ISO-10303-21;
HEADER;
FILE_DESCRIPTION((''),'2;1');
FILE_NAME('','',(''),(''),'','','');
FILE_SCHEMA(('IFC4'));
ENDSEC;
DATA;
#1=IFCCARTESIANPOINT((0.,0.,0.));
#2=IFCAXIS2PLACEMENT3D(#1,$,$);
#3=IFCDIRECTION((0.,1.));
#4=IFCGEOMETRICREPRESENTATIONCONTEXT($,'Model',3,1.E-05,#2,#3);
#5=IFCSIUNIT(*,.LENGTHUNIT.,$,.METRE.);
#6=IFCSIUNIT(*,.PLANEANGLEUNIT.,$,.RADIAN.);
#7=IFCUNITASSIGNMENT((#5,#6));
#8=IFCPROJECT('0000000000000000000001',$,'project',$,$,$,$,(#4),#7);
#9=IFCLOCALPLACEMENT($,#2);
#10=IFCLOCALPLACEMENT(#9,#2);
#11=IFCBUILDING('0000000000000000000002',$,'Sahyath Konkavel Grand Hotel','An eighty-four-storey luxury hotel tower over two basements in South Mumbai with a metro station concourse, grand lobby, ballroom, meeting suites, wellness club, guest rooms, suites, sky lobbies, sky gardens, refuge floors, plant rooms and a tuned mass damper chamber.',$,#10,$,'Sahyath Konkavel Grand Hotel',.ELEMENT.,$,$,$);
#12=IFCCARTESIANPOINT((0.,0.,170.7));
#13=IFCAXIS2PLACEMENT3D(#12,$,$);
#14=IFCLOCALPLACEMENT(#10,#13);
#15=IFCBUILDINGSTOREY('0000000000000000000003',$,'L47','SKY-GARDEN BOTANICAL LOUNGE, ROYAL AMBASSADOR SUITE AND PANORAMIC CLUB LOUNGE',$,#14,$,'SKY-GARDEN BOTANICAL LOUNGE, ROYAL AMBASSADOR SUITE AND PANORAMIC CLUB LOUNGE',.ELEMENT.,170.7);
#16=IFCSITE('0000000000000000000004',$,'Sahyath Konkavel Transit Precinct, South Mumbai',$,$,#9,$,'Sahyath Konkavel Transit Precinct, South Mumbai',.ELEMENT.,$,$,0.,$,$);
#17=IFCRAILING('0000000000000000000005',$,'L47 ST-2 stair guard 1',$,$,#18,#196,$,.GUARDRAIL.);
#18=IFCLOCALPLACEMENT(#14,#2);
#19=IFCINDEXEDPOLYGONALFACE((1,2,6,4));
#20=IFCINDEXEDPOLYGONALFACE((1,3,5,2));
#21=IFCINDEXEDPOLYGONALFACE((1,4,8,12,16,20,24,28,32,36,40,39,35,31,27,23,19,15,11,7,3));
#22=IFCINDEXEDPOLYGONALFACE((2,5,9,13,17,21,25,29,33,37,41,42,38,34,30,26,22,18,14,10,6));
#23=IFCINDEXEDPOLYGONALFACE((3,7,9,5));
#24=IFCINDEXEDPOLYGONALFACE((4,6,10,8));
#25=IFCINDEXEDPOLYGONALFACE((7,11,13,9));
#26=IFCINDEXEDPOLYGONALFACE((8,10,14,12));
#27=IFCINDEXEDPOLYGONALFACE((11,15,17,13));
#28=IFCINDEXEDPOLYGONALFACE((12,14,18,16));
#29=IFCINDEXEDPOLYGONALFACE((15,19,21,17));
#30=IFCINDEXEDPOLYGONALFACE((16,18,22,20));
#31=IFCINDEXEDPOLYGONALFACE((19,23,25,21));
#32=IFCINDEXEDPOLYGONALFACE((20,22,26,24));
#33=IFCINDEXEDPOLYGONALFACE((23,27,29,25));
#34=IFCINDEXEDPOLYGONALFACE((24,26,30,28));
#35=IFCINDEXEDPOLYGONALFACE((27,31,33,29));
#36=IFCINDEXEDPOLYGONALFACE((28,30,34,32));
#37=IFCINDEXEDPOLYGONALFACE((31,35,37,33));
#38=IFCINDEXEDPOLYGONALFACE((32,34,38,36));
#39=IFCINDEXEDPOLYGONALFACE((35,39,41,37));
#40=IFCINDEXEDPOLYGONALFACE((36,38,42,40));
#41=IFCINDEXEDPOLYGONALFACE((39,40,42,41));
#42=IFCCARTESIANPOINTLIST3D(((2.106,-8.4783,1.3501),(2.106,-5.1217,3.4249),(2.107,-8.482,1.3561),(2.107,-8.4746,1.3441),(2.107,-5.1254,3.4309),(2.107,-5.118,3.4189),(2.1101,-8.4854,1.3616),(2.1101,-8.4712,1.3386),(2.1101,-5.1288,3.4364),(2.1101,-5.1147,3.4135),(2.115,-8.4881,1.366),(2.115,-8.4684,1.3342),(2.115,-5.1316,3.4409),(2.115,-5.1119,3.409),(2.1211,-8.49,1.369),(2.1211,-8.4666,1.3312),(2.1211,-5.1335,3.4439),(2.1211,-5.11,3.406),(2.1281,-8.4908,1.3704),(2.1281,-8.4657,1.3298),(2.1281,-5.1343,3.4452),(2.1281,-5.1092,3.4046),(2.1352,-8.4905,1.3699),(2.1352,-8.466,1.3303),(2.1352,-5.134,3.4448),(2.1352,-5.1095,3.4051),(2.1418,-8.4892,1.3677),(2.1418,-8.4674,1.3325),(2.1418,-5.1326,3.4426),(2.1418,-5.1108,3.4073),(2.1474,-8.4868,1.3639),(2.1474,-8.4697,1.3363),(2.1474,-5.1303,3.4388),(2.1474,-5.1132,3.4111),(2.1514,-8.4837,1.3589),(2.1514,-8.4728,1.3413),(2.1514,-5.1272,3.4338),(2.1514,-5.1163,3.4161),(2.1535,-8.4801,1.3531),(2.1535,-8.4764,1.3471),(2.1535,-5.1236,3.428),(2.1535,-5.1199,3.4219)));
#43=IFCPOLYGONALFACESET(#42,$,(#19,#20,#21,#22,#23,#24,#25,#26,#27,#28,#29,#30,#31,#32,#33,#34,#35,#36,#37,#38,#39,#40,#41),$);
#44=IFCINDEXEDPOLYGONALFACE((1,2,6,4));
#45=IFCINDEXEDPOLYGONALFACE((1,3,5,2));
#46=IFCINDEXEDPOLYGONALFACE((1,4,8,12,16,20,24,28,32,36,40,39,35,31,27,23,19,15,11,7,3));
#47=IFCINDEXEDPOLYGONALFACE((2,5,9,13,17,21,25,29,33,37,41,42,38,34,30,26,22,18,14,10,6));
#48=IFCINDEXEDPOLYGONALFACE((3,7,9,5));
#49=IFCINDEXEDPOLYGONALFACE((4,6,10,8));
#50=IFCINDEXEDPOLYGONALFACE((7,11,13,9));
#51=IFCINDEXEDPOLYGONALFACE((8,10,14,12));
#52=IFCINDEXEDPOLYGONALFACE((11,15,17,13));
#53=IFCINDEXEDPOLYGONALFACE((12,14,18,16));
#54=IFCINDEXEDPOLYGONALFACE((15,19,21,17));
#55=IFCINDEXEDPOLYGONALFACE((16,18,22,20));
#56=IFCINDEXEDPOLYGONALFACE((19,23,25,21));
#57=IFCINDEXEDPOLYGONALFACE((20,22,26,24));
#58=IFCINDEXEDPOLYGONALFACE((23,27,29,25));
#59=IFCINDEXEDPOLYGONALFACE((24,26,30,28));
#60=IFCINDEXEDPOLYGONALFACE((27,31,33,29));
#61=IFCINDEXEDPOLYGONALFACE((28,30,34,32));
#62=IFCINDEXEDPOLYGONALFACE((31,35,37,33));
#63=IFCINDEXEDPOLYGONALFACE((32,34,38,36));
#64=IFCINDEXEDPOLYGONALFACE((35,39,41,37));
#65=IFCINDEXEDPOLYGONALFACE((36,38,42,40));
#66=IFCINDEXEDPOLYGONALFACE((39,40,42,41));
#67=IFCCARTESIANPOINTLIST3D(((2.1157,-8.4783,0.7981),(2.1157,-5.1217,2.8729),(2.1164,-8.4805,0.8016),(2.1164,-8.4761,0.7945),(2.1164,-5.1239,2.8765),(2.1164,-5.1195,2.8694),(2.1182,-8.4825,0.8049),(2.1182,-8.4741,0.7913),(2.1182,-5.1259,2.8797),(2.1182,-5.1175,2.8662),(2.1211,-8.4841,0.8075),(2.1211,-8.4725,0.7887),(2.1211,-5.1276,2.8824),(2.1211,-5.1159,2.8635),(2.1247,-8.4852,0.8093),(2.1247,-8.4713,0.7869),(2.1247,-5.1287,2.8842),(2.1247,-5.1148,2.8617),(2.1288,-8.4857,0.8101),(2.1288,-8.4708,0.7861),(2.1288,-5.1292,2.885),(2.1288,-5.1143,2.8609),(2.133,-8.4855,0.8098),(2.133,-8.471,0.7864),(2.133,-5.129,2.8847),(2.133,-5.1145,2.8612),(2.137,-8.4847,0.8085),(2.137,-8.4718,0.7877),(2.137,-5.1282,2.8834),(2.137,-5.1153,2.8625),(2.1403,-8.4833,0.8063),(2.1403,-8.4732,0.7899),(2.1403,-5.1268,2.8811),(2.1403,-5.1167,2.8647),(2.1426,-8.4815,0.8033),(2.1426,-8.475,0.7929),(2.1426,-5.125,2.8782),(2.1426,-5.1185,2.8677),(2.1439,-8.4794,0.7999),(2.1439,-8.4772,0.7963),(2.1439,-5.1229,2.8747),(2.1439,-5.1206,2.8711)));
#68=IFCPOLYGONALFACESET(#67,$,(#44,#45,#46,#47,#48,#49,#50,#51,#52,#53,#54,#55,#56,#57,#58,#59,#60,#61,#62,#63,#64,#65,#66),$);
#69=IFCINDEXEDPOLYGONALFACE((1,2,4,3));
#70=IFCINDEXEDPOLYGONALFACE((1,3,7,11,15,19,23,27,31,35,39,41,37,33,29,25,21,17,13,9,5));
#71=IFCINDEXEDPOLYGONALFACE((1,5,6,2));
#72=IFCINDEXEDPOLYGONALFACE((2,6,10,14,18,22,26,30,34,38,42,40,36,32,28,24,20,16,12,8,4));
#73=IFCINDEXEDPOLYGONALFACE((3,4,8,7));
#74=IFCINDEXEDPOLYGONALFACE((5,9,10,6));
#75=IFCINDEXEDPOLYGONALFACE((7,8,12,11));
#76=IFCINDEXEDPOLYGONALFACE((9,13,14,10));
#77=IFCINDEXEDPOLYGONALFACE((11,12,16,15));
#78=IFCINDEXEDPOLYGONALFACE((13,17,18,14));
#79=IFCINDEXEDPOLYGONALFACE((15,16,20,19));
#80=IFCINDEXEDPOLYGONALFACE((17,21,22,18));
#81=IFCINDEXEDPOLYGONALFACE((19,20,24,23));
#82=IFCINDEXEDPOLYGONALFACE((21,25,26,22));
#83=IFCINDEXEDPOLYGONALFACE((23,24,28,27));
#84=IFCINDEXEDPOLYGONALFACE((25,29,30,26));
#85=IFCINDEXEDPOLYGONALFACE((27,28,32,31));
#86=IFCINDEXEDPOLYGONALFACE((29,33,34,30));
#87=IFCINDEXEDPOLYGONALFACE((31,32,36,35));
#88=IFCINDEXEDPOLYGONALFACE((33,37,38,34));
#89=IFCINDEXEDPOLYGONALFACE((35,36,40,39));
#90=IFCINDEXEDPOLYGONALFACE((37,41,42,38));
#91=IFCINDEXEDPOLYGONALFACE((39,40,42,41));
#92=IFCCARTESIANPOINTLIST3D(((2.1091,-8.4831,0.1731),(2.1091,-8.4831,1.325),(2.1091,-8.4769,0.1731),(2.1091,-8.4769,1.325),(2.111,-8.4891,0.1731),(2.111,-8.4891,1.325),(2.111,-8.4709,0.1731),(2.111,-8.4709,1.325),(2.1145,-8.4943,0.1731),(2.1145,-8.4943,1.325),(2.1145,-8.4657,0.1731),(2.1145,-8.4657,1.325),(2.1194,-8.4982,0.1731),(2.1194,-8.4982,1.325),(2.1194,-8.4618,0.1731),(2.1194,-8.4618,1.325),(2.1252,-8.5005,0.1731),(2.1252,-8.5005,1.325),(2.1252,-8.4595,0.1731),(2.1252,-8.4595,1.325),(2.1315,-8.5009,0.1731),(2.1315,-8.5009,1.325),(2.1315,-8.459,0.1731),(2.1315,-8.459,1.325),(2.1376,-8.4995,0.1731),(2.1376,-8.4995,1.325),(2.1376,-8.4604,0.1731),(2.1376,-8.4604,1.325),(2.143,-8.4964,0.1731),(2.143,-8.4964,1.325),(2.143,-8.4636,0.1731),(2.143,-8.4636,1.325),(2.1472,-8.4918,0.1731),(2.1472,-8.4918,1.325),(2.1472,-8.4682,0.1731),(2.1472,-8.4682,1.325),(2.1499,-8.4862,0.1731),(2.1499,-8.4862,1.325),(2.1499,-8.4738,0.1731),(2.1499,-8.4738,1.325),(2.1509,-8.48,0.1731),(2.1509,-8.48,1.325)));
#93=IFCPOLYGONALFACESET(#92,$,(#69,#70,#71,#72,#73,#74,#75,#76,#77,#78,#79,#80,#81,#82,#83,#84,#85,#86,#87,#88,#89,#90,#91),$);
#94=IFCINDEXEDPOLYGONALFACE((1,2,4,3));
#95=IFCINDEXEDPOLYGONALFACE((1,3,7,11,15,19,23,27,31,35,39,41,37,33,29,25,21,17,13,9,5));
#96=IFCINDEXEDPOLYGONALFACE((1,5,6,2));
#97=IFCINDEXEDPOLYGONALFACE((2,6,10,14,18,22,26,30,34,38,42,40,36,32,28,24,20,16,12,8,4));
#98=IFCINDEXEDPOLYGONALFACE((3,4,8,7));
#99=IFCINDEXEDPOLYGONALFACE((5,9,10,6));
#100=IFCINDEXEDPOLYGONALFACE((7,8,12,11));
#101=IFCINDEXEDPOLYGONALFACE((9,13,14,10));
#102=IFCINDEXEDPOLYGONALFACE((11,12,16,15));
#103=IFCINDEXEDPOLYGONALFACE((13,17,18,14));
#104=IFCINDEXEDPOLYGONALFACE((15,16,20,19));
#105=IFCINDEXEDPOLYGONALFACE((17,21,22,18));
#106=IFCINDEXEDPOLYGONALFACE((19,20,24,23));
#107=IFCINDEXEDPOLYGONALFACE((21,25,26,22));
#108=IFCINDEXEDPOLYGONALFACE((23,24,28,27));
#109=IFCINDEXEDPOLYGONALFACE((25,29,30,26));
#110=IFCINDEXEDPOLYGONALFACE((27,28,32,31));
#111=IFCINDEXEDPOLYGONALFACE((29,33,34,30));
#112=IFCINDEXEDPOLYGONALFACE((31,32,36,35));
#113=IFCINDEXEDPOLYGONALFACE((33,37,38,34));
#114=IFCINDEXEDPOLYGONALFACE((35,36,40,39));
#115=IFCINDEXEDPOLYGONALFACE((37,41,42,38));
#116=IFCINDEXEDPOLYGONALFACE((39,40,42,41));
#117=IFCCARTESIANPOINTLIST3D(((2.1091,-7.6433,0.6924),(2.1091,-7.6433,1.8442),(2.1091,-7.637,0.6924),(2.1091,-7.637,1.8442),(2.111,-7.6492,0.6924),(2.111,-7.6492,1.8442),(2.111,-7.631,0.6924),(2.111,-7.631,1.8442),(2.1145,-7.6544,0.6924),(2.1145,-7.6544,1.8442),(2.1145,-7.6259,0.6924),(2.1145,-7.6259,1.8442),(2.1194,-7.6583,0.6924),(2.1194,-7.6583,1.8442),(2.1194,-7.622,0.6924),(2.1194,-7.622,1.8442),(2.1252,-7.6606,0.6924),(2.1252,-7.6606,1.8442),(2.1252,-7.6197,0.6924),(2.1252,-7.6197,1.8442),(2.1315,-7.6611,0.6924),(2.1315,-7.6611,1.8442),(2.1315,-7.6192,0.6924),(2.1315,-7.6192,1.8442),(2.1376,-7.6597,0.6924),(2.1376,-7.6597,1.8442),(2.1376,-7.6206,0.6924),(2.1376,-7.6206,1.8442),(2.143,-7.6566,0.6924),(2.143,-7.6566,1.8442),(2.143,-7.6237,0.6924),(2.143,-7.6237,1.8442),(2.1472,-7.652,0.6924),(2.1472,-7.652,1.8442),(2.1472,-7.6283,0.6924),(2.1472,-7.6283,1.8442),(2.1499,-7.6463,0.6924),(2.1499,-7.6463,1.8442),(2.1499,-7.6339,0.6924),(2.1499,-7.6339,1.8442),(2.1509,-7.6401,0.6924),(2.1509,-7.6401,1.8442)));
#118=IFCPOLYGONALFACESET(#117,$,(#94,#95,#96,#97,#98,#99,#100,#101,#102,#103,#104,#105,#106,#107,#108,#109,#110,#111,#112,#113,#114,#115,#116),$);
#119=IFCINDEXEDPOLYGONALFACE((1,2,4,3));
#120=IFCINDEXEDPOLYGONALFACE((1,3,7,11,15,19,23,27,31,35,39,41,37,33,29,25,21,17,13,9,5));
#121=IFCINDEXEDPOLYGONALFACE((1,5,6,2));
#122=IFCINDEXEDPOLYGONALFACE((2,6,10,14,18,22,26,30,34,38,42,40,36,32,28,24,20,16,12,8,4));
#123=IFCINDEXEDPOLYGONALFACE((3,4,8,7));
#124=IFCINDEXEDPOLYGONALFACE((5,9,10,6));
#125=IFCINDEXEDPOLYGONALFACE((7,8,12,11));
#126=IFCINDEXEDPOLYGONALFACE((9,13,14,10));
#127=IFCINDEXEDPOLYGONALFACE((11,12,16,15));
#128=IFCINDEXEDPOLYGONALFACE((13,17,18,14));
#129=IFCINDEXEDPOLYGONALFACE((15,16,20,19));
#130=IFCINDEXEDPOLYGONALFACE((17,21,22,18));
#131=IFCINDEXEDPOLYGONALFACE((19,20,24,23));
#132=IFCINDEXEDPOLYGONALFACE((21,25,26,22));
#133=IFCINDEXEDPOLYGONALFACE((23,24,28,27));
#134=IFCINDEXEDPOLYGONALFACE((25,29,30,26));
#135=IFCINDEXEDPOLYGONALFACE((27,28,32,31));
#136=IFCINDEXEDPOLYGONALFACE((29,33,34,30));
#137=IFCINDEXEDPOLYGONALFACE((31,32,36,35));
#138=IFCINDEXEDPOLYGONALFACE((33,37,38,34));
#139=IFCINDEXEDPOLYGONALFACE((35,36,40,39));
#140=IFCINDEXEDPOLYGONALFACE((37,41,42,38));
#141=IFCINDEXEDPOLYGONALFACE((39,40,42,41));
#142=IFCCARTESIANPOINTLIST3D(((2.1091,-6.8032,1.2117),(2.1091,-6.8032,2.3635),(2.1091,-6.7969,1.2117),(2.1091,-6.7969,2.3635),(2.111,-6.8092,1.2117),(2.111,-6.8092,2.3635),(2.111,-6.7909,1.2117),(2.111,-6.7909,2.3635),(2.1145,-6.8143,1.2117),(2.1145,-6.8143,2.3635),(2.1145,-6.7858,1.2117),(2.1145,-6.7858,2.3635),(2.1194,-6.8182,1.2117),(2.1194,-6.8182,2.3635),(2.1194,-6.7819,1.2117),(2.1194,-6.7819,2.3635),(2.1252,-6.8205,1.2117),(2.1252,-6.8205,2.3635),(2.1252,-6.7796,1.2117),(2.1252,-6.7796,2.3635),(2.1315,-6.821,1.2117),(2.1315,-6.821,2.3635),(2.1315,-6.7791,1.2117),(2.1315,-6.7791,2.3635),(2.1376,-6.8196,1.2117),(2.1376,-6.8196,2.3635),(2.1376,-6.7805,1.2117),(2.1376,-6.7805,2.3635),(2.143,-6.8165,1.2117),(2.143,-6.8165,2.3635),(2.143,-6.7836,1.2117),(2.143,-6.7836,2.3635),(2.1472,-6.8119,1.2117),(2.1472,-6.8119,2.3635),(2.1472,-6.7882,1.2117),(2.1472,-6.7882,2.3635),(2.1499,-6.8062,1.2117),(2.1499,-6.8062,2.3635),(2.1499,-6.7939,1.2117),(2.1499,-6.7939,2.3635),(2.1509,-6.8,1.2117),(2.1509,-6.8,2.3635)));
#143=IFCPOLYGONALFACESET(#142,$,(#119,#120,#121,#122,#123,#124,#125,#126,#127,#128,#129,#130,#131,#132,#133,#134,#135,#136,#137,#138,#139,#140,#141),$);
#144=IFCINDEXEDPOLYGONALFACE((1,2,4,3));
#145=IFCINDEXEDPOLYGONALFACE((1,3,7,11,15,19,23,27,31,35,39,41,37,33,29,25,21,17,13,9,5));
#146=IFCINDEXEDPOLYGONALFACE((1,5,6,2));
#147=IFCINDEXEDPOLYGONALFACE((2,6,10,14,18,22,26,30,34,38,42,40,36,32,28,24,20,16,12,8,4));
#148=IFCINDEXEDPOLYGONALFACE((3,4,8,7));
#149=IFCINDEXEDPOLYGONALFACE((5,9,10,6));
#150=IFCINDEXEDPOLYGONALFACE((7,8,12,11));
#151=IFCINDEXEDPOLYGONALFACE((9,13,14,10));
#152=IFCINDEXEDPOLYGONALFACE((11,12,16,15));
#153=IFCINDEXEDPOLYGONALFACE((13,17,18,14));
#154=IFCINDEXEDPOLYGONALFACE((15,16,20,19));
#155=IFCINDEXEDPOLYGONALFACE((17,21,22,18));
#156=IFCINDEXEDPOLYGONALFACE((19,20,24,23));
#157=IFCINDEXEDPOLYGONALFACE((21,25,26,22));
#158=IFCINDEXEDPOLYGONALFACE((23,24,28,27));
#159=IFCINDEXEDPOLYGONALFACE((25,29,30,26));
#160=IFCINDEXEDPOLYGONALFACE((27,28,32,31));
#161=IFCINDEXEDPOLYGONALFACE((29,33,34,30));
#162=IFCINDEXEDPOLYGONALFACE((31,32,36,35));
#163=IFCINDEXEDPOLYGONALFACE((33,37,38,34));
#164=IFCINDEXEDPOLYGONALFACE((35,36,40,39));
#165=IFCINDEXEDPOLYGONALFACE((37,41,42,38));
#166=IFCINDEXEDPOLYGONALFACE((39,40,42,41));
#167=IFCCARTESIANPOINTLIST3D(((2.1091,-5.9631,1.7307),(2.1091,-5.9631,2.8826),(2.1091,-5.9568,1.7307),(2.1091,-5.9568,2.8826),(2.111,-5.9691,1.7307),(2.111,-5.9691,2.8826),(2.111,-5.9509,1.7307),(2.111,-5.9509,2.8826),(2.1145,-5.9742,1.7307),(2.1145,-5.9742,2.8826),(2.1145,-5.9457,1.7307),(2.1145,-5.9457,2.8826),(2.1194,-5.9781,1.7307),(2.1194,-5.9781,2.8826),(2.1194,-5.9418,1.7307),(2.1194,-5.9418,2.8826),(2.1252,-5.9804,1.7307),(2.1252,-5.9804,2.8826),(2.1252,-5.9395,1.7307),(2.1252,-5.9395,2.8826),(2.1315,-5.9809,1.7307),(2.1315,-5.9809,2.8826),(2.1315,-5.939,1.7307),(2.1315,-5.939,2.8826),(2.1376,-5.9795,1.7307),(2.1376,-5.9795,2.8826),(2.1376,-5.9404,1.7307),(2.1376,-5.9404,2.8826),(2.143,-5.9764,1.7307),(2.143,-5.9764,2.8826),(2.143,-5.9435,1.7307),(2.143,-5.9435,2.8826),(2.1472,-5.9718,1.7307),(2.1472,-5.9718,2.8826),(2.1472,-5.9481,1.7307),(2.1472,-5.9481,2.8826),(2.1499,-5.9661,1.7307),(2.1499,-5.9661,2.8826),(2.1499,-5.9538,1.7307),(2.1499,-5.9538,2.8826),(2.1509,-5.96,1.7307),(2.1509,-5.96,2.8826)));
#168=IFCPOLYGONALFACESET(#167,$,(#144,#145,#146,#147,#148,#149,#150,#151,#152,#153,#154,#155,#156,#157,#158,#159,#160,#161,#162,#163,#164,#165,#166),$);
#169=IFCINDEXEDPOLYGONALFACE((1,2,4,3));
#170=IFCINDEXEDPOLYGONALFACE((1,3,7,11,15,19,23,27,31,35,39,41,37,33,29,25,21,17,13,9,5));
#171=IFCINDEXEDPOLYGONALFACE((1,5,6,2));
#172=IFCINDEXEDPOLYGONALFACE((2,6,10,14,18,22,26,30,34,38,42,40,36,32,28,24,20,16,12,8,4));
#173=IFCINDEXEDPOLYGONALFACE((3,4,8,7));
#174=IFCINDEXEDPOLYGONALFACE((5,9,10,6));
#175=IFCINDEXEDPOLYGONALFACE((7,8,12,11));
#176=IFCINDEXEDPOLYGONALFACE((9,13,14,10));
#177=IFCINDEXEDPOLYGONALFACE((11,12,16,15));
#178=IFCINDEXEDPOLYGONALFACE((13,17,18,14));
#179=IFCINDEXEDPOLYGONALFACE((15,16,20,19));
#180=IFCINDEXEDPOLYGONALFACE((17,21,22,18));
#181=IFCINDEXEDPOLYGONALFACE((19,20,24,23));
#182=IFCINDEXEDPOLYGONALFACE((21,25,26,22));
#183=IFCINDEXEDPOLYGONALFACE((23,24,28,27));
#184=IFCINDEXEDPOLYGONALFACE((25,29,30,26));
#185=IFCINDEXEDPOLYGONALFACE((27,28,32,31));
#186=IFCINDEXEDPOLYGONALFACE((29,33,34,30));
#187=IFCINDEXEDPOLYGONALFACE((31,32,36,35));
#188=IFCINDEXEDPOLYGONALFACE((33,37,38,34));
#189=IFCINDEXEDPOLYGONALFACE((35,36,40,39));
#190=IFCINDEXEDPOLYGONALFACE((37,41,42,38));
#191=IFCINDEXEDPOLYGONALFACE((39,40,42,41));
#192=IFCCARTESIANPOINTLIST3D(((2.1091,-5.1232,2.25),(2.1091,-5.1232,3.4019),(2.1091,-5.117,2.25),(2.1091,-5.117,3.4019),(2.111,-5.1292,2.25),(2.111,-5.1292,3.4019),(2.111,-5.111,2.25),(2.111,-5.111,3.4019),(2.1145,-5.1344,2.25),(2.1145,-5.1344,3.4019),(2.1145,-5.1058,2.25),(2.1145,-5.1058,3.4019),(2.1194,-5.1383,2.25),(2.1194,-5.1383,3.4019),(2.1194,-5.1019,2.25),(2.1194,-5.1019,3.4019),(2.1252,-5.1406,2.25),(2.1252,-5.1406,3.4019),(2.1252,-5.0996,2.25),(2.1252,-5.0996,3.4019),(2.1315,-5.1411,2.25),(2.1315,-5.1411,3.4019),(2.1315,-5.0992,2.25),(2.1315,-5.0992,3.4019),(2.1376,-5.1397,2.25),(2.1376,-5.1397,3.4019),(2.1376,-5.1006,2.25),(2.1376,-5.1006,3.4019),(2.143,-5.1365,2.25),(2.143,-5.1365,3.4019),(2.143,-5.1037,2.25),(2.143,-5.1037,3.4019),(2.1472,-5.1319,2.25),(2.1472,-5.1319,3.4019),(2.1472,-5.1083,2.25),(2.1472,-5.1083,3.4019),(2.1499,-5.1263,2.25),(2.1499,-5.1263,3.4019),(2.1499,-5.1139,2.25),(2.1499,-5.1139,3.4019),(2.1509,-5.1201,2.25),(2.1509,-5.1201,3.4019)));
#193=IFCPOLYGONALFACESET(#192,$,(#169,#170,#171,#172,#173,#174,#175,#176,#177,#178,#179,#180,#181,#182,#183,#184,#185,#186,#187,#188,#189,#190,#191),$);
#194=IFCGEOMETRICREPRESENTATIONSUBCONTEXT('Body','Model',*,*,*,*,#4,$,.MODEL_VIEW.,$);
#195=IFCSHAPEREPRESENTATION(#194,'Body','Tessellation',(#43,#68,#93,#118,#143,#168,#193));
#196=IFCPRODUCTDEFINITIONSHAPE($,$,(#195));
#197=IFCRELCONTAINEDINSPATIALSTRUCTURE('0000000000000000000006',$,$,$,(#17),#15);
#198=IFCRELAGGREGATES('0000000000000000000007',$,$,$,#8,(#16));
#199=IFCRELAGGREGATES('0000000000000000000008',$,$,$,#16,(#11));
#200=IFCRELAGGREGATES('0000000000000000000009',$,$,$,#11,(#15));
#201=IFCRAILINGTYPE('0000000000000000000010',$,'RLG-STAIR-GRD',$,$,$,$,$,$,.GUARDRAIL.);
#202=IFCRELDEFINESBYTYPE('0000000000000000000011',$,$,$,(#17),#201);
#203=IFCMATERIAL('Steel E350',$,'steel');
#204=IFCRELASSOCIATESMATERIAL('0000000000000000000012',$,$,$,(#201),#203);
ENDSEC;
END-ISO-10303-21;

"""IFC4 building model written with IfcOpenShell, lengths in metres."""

from ifc_helpers import new_model, si_unit, direction, frame, origin, origin_2d, place, context, subcontext, project, spatial, circle, extrude, material, type_object, element, save


model = new_model("IFC4")

# Units and contexts
model_context = context("Model", 3, precision=1e-05, world=origin(), true_north=direction((0.0, 1.0)))
body_context = subcontext(model_context, "Body", "Model", "MODEL_VIEW")
ifc_project = project(units=[si_unit("LENGTHUNIT", "METRE"), si_unit("PLANEANGLEUNIT", "RADIAN")], contexts=[model_context])

# Site, building, storey
site_placement = place(None, origin())
site = spatial("IfcSite", under=ifc_project, at=site_placement, Name="Sahyath Konkavel Transit Precinct, South Mumbai", LongName="Sahyath Konkavel Transit Precinct, South Mumbai", CompositionType="ELEMENT", RefElevation=0.0)
building_placement = place(site_placement, origin())
building = spatial("IfcBuilding", under=site, at=building_placement, Name="Sahyath Konkavel Grand Hotel", Description="An eighty-four-storey luxury hotel tower over two basements in South Mumbai with a metro station concourse, grand lobby, ballroom, meeting suites, wellness club, guest rooms, suites, sky lobbies, sky gardens, refuge floors, plant rooms and a tuned mass damper chamber.", LongName="Sahyath Konkavel Grand Hotel", CompositionType="ELEMENT")
storey_placement = place(building_placement, frame((0.0, 0.0, 170.7)))
storey = spatial("IfcBuildingStorey", under=building, at=storey_placement, Name="L47", Description="SKY-GARDEN BOTANICAL LOUNGE, ROYAL AMBASSADOR SUITE AND PANORAMIC CLUB LOUNGE", LongName="SKY-GARDEN BOTANICAL LOUNGE, ROYAL AMBASSADOR SUITE AND PANORAMIC CLUB LOUNGE", CompositionType="ELEMENT", Elevation=170.7)

# Shared definitions
ifc_material_1 = material(Name="Steel E350", Category="steel")

# Railing
railing_type_1 = type_object("IfcRailingType", Name="RLG-STAIR-GRD", PredefinedType="GUARDRAIL", material=ifc_material_1)
railing_1_placement = place(storey_placement, frame((2.1299, -8.48, 0.1731)))
element("IfcRailing", 1, at=railing_1_placement, inside=storey, type_object=railing_type_1, Name="L47 ST-2 stair guard 1", PredefinedType="GUARDRAIL", context=body_context, shape_type="SweptSolid", body=[
    extrude(circle(Radius=0.0239, at=origin_2d()), frame((0.0, 0.0017, 1.177), z_axis=(0.0, 0.850606, 0.525803), x_axis=(-1.0, 0.0, 0.0)), (0.0, 0.0, 1.0), 3.946),
    extrude(circle(Radius=0.0142, at=origin_2d()), frame((0.0, 0.0017, 0.625), z_axis=(0.0, 0.850606, 0.525803), x_axis=(-1.0, 0.0, 0.0)), (0.0, 0.0, 1.0), 3.946),
    extrude(circle(Radius=0.021, at=origin_2d()), origin(), (0.0, 0.0, 1.0), 1.1519),
    extrude(circle(Radius=0.021, at=origin_2d()), frame((0.0, 0.8398, 0.5193)), (0.0, 0.0, 1.0), 1.1519),
    extrude(circle(Radius=0.021, at=origin_2d()), frame((0.0, 1.6799, 1.0386)), (0.0, 0.0, 1.0), 1.1519),
    extrude(circle(Radius=0.021, at=origin_2d()), frame((0.0, 2.52, 1.5576)), (0.0, 0.0, 1.0), 1.1519),
    extrude(circle(Radius=0.021, at=origin_2d()), frame((0.0, 3.3599, 2.0769)), (0.0, 0.0, 1.0), 1.1519),
])

save(model, "model.ifc")
